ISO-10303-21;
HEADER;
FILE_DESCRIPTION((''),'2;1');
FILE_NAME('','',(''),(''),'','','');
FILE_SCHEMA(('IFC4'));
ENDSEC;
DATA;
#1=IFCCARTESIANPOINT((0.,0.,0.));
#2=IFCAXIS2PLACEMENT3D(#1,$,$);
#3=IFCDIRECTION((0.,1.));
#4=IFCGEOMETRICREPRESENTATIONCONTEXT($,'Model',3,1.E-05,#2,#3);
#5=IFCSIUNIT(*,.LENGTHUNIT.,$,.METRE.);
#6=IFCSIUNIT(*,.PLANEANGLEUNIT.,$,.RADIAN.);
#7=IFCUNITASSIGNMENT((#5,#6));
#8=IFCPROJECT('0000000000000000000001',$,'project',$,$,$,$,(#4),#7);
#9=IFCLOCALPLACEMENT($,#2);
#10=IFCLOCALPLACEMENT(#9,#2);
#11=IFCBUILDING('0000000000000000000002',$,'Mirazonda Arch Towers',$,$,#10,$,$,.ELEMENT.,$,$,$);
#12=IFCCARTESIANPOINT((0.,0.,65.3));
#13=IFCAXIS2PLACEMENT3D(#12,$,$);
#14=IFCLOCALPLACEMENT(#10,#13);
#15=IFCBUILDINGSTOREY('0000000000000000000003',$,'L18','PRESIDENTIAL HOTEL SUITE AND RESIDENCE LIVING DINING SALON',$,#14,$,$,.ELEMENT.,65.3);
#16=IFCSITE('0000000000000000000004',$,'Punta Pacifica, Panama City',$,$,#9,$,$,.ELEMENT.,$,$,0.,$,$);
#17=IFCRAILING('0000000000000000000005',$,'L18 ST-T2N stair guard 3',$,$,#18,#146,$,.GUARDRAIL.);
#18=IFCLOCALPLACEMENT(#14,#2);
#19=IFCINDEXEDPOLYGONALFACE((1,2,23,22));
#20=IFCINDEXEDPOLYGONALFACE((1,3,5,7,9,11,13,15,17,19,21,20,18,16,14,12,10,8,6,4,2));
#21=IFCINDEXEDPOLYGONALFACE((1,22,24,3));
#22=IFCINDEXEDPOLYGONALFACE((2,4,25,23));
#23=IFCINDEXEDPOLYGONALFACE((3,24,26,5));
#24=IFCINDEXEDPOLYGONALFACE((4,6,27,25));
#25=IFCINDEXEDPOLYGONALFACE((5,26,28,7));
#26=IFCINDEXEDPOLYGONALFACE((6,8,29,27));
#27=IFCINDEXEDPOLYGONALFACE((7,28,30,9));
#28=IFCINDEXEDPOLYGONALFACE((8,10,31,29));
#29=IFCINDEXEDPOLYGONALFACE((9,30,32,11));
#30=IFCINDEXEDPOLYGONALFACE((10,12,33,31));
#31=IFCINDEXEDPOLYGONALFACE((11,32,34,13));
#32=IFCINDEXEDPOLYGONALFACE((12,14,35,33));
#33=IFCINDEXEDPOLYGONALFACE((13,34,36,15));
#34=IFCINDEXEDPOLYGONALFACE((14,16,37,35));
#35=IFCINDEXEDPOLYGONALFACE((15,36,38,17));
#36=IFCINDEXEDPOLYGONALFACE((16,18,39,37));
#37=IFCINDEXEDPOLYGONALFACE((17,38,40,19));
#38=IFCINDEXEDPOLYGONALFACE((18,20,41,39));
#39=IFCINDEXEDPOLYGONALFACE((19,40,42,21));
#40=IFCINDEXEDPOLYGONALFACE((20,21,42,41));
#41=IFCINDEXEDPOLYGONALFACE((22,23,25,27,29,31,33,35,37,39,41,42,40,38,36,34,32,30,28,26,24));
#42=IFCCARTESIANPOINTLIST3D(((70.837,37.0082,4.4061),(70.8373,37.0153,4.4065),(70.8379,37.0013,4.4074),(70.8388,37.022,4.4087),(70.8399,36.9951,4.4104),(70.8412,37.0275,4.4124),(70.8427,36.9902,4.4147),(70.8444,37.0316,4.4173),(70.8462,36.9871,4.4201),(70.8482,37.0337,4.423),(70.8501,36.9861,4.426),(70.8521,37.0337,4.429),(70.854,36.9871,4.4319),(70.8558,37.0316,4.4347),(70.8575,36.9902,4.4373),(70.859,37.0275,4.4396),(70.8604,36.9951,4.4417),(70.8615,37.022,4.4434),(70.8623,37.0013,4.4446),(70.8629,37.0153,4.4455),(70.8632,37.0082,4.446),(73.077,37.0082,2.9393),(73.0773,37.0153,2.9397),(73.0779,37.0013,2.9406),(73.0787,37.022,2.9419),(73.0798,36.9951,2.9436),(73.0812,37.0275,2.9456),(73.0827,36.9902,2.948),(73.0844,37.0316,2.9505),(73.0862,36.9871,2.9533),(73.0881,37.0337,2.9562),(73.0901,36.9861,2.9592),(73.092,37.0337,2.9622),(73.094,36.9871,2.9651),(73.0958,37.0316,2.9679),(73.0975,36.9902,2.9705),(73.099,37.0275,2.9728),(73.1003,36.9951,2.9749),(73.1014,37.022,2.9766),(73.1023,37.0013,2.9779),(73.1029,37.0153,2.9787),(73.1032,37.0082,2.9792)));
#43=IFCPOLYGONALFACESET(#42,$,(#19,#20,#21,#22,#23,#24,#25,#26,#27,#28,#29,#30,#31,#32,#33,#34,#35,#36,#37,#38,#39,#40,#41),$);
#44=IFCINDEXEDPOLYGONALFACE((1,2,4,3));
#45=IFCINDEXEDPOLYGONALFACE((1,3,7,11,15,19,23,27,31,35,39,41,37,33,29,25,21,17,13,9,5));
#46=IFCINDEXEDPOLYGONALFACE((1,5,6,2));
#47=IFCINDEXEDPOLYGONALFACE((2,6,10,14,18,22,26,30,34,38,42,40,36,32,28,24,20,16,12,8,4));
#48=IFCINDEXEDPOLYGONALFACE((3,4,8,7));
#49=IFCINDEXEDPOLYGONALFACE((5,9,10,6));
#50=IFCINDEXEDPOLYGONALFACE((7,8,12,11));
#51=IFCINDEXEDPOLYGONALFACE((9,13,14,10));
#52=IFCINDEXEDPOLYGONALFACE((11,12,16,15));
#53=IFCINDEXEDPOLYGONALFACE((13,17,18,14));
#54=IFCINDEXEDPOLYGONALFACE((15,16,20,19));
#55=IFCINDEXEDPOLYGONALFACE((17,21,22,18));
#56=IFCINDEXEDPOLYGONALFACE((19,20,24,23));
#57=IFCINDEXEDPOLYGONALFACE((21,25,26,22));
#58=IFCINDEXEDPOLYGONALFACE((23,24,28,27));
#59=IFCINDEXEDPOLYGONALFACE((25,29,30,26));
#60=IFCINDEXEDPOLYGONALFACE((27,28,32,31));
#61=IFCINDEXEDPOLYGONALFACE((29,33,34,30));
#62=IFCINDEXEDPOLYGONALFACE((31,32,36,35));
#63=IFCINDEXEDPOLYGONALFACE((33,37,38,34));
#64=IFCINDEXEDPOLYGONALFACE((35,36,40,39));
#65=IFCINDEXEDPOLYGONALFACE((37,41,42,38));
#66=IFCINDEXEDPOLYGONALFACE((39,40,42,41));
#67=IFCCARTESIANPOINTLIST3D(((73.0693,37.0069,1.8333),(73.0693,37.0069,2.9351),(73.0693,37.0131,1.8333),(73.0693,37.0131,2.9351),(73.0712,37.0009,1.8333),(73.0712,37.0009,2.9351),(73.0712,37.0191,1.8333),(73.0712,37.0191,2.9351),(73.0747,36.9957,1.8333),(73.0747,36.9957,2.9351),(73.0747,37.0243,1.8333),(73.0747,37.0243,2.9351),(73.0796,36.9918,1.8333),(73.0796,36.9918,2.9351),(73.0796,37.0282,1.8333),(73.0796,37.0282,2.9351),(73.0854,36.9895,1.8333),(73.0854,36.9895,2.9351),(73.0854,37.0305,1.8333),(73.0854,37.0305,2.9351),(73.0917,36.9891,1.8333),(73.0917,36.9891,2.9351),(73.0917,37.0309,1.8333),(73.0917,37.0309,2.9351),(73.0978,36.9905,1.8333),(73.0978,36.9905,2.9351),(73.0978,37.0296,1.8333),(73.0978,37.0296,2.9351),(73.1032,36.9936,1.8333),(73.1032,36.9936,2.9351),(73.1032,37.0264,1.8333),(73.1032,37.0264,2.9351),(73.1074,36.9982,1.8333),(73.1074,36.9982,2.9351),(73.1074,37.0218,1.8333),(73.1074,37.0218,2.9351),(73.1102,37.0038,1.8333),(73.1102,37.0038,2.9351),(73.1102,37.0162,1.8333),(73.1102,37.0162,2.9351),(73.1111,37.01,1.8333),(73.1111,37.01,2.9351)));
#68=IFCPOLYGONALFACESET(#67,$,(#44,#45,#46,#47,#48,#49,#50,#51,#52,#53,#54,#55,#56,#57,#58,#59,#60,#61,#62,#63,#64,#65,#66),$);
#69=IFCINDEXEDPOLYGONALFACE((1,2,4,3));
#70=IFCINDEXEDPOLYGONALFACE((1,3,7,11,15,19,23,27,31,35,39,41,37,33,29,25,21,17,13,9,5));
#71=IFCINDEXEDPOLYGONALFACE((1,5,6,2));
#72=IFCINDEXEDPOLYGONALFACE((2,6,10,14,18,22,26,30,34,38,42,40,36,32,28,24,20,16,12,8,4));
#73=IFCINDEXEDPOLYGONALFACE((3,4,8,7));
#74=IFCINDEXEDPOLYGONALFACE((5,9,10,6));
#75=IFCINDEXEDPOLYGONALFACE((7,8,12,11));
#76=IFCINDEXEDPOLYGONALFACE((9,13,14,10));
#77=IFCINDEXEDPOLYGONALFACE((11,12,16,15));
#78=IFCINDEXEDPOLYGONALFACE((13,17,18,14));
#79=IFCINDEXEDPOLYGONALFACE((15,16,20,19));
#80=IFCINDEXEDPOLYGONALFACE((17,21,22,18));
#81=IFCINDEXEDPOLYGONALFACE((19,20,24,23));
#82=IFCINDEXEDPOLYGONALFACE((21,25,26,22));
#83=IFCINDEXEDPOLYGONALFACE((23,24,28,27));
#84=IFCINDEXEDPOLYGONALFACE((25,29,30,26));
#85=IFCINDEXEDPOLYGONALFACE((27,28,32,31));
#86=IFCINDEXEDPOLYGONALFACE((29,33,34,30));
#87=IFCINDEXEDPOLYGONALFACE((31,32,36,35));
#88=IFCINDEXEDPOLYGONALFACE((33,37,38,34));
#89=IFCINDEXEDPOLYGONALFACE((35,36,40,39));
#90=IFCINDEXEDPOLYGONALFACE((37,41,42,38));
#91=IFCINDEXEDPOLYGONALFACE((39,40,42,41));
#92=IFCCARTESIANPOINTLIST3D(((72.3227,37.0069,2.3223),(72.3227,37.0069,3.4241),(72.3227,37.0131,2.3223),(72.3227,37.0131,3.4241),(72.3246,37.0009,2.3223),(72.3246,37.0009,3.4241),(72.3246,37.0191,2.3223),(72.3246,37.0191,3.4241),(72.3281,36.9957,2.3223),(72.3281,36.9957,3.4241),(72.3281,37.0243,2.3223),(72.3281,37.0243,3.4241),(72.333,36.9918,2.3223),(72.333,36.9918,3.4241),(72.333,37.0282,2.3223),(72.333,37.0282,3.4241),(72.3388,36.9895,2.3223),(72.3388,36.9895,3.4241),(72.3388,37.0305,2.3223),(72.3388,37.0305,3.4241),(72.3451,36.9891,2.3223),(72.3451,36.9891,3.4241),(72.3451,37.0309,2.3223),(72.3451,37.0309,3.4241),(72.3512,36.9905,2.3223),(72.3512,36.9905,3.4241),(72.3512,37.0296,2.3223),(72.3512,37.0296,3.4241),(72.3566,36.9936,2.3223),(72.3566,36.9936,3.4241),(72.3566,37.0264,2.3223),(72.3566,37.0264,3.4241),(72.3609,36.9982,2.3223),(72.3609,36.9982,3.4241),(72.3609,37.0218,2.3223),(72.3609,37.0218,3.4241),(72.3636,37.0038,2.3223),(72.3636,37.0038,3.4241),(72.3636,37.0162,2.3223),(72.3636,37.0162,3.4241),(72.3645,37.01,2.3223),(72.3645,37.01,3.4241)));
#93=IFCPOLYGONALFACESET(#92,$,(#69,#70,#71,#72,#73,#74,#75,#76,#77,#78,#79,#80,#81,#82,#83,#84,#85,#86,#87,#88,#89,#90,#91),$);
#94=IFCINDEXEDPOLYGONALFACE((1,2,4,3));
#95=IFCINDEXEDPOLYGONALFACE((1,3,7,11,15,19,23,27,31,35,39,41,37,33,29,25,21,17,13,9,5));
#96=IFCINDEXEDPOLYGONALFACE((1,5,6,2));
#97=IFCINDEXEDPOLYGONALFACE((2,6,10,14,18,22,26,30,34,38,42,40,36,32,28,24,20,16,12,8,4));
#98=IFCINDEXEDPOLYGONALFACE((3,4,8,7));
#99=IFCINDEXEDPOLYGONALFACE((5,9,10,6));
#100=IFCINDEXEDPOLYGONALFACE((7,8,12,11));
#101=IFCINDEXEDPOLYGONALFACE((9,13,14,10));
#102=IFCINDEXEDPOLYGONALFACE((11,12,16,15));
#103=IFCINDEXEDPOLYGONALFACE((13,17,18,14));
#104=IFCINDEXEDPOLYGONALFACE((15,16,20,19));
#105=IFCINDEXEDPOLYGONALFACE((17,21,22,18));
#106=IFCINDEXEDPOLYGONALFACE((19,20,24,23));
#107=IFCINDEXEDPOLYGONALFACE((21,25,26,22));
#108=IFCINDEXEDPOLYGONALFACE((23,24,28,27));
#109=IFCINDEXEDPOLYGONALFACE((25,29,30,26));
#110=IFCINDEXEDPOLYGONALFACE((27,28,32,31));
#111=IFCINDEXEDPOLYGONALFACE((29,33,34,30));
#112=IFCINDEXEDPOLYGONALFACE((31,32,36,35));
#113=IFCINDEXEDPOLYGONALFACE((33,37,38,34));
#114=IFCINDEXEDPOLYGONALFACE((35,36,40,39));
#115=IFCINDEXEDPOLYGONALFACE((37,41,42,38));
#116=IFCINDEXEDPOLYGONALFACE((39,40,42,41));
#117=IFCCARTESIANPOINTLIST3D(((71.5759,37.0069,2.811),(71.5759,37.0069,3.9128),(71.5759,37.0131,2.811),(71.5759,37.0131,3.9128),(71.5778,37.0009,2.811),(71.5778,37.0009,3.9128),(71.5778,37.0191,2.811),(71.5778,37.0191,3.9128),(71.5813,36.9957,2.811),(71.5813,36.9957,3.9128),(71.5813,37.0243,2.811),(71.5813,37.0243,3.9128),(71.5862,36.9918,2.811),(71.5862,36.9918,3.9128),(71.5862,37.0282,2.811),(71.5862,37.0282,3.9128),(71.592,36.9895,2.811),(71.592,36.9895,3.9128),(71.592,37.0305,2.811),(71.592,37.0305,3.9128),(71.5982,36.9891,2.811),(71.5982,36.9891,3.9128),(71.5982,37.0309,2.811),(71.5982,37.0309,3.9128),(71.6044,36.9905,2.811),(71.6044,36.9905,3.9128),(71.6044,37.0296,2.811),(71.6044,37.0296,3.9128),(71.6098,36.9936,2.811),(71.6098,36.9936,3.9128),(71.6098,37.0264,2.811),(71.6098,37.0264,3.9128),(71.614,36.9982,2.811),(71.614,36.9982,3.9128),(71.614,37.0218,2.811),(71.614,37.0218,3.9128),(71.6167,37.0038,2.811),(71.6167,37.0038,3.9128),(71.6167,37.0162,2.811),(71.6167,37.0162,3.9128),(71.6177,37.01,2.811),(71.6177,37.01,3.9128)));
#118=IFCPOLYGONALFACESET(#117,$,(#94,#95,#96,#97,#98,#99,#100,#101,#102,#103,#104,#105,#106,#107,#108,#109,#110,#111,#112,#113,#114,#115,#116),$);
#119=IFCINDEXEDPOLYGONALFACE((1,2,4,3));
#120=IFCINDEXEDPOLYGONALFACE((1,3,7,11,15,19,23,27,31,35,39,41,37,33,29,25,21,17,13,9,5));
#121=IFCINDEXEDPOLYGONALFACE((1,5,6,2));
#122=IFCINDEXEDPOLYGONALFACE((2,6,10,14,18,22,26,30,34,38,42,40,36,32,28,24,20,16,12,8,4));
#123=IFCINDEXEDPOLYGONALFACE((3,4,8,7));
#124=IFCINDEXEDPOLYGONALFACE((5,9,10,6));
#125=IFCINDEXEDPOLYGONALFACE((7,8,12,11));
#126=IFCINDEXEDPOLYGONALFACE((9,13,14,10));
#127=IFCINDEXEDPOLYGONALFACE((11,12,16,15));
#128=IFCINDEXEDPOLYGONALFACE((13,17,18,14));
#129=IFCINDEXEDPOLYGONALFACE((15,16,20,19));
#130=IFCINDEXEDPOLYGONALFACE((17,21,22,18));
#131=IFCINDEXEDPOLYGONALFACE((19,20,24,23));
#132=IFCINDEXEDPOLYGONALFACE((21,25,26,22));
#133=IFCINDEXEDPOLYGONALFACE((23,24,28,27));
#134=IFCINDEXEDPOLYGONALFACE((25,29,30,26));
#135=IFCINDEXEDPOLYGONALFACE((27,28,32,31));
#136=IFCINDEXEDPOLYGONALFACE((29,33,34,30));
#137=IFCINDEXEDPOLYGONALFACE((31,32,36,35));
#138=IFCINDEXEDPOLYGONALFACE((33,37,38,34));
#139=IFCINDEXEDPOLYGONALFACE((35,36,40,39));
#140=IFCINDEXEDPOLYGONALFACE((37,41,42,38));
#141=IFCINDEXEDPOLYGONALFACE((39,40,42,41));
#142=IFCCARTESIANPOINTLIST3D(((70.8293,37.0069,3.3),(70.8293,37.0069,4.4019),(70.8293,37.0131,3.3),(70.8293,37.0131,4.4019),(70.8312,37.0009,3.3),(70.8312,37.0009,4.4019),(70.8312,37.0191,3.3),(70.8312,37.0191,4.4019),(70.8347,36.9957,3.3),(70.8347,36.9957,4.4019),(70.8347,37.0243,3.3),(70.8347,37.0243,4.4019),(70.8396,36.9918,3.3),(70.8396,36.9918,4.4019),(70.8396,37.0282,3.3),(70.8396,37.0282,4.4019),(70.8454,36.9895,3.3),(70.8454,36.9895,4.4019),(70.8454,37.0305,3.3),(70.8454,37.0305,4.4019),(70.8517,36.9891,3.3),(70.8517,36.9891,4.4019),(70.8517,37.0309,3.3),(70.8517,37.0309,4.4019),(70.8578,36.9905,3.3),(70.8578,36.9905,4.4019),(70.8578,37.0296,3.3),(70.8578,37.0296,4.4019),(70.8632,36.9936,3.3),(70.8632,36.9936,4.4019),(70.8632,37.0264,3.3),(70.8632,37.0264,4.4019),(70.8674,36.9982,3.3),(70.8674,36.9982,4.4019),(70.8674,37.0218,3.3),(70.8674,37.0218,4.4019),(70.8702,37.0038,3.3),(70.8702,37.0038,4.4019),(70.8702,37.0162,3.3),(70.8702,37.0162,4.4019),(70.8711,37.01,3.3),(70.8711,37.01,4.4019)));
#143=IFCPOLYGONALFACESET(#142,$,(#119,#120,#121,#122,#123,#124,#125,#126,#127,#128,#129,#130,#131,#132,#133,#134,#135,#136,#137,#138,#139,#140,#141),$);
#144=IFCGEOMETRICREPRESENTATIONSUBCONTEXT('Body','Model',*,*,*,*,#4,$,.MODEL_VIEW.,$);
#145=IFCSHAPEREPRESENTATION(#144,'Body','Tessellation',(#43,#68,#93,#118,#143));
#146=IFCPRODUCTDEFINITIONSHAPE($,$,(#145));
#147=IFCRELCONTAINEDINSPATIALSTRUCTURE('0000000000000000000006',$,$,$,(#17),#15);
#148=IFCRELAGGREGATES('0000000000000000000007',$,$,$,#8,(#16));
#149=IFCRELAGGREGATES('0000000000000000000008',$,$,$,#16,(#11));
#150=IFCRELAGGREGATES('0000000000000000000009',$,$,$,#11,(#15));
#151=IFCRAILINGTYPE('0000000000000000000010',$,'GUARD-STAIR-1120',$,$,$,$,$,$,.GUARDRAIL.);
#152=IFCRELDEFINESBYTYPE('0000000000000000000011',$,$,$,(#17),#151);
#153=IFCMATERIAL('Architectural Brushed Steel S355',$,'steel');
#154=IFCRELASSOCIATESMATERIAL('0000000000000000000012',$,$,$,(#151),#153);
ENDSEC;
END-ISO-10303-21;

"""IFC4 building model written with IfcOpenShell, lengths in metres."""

from ifc_helpers import new_model, si_unit, direction, frame, origin, origin_2d, place, context, subcontext, project, spatial, circle, extrude, material, type_object, element, save


model = new_model("IFC4")

# Units and contexts
model_context = context("Model", 3, precision=1e-05, world=origin(), true_north=direction((0.0, 1.0)))
body_context = subcontext(model_context, "Body", "Model", "MODEL_VIEW")
ifc_project = project(units=[si_unit("LENGTHUNIT", "METRE"), si_unit("PLANEANGLEUNIT", "RADIAN")], contexts=[model_context])

# Site, building, storey
site_placement = place(None, origin())
site = spatial("IfcSite", under=ifc_project, at=site_placement, Name="Punta Pacifica, Panama City", CompositionType="ELEMENT", RefElevation=0.0)
building_placement = place(site_placement, origin())
building = spatial("IfcBuilding", under=site, at=building_placement, Name="Mirazonda Arch Towers", CompositionType="ELEMENT")
storey_placement = place(building_placement, frame((0.0, 0.0, 65.3)))
storey = spatial("IfcBuildingStorey", under=building, at=storey_placement, Name="L18", Description="PRESIDENTIAL HOTEL SUITE AND RESIDENCE LIVING DINING SALON", CompositionType="ELEMENT", Elevation=65.3)

# Railing
ifc_material_1 = material(Name="Architectural Brushed Steel S355", Category="steel")
railing_type_1 = type_object("IfcRailingType", Name="GUARD-STAIR-1120", PredefinedType="GUARDRAIL", material=ifc_material_1)
railing_1_placement = place(storey_placement, frame((73.0901, 37.01, 1.8333)))
element("IfcRailing", 1, at=railing_1_placement, inside=storey, type_object=railing_type_1, Name="L18 ST-T2N stair guard 3", PredefinedType="GUARDRAIL", context=body_context, shape_type="SweptSolid", body=[
    extrude(circle(Radius=0.0239, at=origin_2d()), frame((0.0, 0.0, 1.126), z_axis=(-0.836595, 0.0, 0.547822), x_axis=(0.0, -1.0, 0.0)), (0.0, 0.0, 1.0), 2.6775),
    extrude(circle(Radius=0.021, at=origin_2d()), origin(), (0.0, 0.0, 1.0), 1.1018),
    extrude(circle(Radius=0.021, at=origin_2d()), frame((-0.7466, 0.0, 0.489)), (0.0, 0.0, 1.0), 1.1018),
    extrude(circle(Radius=0.021, at=origin_2d()), frame((-1.4934, 0.0, 0.9778)), (0.0, 0.0, 1.0), 1.1018),
    extrude(circle(Radius=0.021, at=origin_2d()), frame((-2.24, 0.0, 1.4668)), (0.0, 0.0, 1.0), 1.1018),
])

save(model, "model.ifc")
